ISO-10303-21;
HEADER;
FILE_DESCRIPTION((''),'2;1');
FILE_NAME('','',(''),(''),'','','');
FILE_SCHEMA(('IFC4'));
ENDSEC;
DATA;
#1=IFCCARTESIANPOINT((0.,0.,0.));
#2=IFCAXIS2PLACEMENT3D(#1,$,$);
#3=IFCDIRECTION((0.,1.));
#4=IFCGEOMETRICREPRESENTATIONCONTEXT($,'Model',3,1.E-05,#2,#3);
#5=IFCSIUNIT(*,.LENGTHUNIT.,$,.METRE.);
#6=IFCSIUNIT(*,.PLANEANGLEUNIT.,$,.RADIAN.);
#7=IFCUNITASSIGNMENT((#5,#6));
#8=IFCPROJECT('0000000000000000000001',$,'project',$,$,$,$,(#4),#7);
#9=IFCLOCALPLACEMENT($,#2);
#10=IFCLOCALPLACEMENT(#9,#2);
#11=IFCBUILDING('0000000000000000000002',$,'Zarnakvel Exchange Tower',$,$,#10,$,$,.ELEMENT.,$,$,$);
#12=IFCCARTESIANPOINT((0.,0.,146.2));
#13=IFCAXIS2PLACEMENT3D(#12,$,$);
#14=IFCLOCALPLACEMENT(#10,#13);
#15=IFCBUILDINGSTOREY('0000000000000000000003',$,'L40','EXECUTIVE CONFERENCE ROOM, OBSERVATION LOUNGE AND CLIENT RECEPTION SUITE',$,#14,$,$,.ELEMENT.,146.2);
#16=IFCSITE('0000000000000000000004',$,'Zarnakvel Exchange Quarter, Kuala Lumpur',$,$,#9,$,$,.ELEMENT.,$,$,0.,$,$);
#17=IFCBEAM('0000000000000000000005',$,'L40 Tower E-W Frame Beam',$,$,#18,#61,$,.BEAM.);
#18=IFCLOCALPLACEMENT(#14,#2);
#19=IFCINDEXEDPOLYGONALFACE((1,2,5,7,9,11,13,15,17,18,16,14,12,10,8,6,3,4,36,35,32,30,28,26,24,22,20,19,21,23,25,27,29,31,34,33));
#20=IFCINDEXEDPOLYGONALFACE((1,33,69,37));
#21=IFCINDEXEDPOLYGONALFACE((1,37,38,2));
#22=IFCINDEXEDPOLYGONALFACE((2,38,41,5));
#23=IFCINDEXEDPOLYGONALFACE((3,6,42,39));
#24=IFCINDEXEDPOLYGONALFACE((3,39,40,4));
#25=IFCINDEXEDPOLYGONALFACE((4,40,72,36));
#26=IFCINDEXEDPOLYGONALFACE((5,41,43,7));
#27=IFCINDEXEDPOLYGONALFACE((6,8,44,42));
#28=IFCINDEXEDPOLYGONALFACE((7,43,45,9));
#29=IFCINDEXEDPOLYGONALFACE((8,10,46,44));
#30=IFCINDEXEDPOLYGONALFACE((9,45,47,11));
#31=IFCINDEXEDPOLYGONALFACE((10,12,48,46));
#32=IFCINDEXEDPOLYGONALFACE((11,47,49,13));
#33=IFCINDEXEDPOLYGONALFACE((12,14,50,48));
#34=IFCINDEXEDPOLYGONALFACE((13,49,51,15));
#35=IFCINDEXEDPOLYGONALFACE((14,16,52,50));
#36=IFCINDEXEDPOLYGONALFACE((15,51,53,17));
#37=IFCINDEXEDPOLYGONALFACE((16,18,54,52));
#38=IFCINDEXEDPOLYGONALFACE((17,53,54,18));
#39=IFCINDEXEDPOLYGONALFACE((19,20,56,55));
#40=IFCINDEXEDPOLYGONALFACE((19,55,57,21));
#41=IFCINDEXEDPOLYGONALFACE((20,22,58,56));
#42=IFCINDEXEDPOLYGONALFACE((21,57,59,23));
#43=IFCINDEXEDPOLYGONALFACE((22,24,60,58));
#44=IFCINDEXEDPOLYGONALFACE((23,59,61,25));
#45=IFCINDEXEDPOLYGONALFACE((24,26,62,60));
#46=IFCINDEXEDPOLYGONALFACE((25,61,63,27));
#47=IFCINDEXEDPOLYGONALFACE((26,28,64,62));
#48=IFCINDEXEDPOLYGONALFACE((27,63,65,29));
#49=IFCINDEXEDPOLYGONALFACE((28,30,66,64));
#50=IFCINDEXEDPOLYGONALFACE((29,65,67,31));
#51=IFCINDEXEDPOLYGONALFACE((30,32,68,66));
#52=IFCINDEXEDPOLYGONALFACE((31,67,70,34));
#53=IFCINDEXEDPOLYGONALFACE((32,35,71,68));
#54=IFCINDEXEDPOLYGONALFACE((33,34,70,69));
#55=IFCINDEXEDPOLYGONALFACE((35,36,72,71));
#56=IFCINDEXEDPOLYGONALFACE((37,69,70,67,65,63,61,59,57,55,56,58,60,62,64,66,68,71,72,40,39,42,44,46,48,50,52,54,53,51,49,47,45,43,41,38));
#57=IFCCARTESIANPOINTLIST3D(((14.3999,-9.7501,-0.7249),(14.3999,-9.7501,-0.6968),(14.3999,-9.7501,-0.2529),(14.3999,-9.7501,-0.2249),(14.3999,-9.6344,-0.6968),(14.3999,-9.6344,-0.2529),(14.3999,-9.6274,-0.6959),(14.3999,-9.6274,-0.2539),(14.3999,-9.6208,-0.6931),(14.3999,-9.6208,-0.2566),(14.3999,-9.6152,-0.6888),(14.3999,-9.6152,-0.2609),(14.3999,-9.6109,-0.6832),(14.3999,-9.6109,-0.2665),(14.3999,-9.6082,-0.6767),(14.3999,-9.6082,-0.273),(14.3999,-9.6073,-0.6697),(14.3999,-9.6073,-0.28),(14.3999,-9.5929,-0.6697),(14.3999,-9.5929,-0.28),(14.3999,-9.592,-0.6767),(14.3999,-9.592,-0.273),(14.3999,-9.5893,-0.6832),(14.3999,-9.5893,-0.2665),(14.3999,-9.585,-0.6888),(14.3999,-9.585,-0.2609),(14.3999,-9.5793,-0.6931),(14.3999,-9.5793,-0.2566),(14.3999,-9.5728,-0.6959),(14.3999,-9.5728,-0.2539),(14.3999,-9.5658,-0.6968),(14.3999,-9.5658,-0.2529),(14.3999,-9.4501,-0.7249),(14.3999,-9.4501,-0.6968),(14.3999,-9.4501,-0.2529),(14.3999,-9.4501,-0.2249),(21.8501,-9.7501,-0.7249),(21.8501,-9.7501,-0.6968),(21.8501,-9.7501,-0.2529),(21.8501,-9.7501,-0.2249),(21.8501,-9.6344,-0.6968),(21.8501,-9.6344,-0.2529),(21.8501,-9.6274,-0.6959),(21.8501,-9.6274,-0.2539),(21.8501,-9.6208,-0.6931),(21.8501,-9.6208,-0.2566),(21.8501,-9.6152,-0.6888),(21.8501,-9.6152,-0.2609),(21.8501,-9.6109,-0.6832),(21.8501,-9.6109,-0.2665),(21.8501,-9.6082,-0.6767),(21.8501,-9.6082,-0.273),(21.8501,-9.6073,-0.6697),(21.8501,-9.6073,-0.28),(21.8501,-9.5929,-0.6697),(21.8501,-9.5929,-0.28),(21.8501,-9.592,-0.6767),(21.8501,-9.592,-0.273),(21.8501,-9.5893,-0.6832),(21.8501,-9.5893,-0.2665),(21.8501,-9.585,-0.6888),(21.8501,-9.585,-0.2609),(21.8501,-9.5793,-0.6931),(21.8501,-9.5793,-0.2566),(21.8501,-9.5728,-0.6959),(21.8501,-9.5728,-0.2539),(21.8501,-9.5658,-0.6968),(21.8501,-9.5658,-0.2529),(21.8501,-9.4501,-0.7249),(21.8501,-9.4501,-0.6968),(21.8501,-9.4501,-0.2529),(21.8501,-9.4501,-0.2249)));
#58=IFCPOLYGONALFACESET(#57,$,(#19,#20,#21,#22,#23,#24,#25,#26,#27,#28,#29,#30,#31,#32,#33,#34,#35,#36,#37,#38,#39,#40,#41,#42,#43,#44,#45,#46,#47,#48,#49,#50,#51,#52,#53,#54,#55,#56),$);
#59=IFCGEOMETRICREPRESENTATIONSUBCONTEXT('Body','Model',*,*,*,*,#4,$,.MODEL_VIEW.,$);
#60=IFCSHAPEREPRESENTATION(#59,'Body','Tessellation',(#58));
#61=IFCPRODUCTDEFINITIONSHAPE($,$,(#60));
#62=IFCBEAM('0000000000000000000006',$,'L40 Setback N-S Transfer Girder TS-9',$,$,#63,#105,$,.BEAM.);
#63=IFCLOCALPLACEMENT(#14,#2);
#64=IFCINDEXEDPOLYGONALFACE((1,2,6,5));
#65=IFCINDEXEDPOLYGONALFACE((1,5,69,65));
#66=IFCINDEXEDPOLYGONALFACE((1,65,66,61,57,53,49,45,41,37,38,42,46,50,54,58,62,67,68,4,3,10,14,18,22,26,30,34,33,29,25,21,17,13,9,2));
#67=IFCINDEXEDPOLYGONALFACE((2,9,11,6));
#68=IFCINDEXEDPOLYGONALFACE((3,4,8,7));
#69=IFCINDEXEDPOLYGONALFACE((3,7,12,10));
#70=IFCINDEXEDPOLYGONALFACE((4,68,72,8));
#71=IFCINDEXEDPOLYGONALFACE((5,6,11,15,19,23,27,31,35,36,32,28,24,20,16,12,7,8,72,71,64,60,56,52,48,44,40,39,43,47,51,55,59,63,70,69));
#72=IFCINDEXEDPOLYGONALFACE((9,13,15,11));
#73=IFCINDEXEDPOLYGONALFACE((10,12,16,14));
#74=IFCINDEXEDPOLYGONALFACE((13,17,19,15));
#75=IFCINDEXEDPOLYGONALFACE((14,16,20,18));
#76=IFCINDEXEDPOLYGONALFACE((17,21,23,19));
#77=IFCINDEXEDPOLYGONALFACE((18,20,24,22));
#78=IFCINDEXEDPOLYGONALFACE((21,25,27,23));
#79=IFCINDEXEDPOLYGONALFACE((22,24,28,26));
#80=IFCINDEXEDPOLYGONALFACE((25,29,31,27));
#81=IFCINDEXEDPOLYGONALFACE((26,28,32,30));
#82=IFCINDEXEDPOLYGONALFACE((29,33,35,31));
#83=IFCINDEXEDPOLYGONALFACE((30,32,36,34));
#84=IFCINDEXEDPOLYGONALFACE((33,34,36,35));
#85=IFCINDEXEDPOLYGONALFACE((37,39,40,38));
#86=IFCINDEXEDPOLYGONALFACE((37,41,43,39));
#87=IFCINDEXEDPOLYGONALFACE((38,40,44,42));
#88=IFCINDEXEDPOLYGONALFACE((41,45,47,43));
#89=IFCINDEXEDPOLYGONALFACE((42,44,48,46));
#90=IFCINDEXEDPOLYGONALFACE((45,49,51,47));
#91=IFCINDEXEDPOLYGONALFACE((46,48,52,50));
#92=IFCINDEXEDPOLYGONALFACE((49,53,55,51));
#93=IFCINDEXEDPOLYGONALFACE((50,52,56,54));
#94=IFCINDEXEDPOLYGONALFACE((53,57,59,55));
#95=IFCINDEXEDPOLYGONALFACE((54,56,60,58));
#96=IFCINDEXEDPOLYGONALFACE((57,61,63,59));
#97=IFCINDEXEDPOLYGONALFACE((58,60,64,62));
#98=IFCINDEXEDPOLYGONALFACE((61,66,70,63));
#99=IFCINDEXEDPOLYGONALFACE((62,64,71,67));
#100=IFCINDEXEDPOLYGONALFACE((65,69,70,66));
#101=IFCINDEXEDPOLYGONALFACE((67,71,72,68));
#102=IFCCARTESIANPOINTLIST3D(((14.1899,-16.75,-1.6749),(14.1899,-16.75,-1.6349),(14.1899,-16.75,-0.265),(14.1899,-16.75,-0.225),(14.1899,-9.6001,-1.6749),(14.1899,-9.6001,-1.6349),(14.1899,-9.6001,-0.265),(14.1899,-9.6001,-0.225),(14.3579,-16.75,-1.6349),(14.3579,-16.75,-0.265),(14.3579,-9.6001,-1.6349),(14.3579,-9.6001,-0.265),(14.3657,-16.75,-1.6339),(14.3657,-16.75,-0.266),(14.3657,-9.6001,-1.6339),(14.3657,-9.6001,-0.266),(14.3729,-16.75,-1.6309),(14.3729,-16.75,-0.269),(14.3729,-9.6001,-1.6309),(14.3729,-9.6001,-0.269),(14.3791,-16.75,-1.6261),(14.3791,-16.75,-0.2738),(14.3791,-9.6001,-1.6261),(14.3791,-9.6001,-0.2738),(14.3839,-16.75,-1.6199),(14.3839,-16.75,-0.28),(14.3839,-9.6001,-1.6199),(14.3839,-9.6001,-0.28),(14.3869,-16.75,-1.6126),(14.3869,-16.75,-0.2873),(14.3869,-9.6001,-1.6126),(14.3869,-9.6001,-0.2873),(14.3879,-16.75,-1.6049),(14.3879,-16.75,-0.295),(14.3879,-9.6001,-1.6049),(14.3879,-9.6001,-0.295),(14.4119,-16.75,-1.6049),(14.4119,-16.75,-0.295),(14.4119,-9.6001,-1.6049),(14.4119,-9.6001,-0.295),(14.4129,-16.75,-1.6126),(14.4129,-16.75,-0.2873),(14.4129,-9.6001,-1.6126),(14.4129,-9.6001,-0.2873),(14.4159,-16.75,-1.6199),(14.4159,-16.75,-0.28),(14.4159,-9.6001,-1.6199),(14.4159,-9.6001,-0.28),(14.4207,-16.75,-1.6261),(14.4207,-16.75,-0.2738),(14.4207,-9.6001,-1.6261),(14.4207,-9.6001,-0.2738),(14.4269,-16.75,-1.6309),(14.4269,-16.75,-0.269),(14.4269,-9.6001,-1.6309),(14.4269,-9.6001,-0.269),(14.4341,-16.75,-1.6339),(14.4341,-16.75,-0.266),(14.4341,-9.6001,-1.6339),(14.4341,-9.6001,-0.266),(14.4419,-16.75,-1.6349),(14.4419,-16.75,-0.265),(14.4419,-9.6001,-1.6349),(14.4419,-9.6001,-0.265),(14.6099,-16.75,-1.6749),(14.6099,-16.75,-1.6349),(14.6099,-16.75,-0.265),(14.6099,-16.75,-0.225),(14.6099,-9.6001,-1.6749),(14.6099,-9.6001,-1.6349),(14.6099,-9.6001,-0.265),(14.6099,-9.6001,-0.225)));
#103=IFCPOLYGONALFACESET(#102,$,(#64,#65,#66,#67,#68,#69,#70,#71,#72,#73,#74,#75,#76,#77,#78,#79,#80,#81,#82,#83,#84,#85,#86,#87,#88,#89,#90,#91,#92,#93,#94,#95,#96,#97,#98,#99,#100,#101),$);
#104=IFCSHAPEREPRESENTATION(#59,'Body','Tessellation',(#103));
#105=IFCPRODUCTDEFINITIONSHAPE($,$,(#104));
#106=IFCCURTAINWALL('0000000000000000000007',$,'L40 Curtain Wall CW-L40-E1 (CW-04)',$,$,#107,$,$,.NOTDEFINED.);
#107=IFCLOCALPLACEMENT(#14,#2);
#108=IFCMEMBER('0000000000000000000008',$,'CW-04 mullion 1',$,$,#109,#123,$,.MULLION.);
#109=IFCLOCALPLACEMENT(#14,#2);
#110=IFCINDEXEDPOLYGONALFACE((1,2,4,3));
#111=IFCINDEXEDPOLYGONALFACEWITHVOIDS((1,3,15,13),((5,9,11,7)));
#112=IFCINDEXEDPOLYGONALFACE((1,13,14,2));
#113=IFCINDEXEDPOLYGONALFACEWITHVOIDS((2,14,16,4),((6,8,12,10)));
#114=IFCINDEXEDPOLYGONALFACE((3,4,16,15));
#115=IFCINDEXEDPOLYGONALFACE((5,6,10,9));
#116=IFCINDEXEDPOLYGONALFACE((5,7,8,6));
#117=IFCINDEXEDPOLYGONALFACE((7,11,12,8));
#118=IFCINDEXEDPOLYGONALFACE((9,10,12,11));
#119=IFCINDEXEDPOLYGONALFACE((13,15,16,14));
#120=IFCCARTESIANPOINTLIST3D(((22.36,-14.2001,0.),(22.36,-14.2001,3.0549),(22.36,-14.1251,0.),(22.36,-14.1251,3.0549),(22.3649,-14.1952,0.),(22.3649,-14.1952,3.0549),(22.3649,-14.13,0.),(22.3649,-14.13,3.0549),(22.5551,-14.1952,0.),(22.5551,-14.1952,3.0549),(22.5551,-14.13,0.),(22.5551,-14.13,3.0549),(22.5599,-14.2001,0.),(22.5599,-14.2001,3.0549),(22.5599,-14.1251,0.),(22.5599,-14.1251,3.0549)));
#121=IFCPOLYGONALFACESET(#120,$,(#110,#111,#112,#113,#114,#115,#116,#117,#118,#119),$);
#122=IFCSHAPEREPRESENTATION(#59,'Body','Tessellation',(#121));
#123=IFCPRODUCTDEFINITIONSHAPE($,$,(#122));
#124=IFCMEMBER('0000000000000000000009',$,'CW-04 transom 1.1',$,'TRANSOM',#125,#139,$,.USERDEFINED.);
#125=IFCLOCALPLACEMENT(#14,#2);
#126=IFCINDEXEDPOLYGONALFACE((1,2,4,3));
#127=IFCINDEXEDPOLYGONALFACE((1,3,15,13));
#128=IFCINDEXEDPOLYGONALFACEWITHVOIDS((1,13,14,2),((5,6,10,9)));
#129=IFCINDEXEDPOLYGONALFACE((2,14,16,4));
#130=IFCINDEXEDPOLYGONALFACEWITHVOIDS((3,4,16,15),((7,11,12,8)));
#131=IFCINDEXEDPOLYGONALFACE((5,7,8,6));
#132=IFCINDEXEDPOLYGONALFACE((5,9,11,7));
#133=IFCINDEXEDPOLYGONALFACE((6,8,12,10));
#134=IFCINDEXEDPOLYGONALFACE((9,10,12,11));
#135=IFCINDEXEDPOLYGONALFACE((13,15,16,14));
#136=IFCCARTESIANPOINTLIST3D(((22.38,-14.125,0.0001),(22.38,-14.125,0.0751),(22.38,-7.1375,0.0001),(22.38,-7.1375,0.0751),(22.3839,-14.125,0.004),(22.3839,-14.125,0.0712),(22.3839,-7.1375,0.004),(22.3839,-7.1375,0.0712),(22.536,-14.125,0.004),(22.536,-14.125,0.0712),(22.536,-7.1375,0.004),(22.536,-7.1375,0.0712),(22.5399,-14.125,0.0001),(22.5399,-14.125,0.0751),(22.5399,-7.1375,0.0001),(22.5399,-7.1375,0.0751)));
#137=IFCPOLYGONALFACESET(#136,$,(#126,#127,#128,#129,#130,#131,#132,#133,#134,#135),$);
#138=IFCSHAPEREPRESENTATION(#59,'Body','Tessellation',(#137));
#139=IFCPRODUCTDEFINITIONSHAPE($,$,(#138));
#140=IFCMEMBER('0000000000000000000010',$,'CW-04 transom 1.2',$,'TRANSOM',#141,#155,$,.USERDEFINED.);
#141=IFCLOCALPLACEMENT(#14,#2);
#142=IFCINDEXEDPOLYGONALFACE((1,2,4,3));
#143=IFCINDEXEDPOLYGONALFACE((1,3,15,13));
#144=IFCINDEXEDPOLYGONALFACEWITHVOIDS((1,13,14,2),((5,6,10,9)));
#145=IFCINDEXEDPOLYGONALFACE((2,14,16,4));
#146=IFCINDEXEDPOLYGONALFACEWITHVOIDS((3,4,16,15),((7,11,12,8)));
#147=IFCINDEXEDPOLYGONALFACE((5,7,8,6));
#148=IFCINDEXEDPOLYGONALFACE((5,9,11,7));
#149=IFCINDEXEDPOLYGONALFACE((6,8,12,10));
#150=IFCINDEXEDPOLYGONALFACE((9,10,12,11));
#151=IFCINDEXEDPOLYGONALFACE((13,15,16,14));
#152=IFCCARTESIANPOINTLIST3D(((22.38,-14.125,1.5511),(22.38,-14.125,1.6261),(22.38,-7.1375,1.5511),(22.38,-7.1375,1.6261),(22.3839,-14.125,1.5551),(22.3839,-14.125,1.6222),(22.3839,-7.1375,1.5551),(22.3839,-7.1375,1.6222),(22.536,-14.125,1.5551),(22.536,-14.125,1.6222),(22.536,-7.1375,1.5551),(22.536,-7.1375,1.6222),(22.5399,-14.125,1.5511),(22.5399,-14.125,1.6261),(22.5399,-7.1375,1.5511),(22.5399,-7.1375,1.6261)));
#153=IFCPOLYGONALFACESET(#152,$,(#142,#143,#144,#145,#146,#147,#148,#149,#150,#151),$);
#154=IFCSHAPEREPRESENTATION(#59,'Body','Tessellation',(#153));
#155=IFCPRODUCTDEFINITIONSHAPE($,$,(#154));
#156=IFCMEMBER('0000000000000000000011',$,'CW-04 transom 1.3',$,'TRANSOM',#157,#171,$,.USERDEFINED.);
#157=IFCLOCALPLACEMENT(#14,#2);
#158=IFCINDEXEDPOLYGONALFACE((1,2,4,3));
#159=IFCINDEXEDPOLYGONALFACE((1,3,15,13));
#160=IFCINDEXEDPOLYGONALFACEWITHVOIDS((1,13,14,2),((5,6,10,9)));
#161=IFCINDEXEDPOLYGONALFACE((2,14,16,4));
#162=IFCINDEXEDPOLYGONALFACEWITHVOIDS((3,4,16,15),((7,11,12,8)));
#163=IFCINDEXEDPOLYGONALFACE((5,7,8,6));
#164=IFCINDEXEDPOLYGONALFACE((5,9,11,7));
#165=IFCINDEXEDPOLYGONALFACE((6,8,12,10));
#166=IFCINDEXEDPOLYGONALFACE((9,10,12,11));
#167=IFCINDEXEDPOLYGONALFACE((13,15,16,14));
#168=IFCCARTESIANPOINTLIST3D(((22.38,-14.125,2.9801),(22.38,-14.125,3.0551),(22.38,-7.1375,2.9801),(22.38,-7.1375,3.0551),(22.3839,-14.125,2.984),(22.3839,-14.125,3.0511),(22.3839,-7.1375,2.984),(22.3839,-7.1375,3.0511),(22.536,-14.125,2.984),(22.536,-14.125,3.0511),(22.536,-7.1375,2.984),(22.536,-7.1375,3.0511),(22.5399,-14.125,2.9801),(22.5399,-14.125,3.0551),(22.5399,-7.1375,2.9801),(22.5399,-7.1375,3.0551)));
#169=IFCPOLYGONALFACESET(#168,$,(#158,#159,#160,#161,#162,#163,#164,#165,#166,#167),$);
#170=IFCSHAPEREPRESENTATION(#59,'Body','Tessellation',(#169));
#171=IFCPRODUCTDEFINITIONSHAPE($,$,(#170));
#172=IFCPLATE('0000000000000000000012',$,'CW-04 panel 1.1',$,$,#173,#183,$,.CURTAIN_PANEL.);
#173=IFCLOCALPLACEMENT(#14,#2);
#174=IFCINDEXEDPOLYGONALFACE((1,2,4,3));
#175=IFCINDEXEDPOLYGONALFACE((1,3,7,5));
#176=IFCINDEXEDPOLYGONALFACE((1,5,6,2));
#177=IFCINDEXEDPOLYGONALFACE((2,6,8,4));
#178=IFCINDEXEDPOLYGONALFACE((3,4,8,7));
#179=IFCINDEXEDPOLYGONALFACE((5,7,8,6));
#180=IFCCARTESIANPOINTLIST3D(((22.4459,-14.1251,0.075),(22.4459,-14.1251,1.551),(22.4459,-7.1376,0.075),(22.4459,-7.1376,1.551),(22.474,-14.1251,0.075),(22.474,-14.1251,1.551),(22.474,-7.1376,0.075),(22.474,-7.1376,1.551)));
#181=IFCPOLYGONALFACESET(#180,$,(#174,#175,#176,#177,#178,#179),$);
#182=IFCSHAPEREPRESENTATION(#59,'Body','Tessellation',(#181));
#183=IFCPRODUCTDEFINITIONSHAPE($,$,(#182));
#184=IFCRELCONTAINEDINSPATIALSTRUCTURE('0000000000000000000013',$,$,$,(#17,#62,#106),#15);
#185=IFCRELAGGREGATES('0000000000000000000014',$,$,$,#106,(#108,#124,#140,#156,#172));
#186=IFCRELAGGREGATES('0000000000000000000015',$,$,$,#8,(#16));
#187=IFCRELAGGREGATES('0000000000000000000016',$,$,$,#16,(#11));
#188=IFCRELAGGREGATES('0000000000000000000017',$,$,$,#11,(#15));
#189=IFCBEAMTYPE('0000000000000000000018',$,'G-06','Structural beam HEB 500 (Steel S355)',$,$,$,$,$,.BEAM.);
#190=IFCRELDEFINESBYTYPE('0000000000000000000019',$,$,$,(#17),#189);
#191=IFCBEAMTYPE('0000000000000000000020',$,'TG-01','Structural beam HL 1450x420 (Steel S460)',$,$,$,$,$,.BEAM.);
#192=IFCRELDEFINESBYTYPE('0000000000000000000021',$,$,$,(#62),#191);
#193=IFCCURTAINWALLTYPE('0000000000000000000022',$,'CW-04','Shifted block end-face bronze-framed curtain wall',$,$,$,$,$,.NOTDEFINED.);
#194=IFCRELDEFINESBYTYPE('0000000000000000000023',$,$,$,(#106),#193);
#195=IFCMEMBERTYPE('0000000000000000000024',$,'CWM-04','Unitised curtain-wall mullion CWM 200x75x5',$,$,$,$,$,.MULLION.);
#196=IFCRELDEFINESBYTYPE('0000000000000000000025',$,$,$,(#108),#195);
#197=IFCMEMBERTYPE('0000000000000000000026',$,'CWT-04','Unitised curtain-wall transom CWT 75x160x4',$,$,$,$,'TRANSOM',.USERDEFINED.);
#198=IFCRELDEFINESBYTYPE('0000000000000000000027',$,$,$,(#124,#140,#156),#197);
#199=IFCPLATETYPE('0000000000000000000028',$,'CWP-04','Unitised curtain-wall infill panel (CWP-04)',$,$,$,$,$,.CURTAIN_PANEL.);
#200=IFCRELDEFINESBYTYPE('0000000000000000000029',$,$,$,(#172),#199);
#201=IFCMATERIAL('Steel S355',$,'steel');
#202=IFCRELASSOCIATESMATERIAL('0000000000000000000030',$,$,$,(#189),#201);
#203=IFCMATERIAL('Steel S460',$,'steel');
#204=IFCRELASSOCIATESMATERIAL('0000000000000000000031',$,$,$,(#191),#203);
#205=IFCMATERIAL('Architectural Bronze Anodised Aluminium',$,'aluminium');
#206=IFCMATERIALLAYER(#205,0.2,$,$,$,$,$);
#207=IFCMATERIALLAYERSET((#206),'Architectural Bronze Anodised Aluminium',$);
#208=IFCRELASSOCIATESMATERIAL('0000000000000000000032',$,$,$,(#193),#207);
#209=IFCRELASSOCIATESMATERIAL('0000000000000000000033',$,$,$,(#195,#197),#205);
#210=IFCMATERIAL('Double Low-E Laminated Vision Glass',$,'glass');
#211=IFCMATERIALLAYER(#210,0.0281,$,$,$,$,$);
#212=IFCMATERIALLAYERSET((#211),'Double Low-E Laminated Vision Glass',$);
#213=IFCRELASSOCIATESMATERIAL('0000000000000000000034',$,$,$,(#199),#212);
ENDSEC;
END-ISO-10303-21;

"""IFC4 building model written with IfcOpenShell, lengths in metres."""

from ifc_helpers import new_model, si_unit, direction, frame, origin, origin_2d, place, context, subcontext, project, spatial, rectangle, hollow_rectangle, i_section, extrude, source, transform, mapped, material, layer, layer_set, material_profile, profile_set, type_object, element, aggregate, save


model = new_model("IFC4")

# Units and contexts
model_context = context("Model", 3, precision=1e-05, world=origin(), true_north=direction((0.0, 1.0)))
body_context = subcontext(model_context, "Body", "Model", "MODEL_VIEW")
ifc_project = project(units=[si_unit("LENGTHUNIT", "METRE"), si_unit("PLANEANGLEUNIT", "RADIAN")], contexts=[model_context])

# Site, building, storey
site_placement = place(None, origin())
site = spatial("IfcSite", under=ifc_project, at=site_placement, Name="Zarnakvel Exchange Quarter, Kuala Lumpur", CompositionType="ELEMENT", RefElevation=0.0)
building_placement = place(site_placement, origin())
building = spatial("IfcBuilding", under=site, at=building_placement, Name="Zarnakvel Exchange Tower", CompositionType="ELEMENT")
storey_placement = place(building_placement, frame((0.0, 0.0, 146.2)))
storey = spatial("IfcBuildingStorey", under=building, at=storey_placement, Name="L40", Description="EXECUTIVE CONFERENCE ROOM, OBSERVATION LOUNGE AND CLIENT RECEPTION SUITE", CompositionType="ELEMENT", Elevation=146.2)

# Beams
ifc_material_1 = material(Name="Steel S355", Category="steel")
ifc_material_profile_1 = material_profile(ifc_material_1, i_section(OverallWidth=0.3, OverallDepth=0.5, WebThickness=0.0144, FlangeThickness=0.0281, FilletRadius=0.0271, at=origin_2d()))
ifc_profile_set_1 = profile_set([ifc_material_profile_1], Name="Steel S355")
beam_type_1 = type_object("IfcBeamType", Name="G-06", Description="Structural beam HEB 500 (Steel S355)", PredefinedType="BEAM", material=ifc_profile_set_1)
beam_1_placement = place(storey_placement, frame((14.3999, -9.6001, -0.4749), z_axis=(1.0, 0.0, 0.0), x_axis=(0.0, 1.0, 0.0)))
element("IfcBeam", 1, at=beam_1_placement, inside=storey, type_object=beam_type_1, Name="L40 Tower E-W Frame Beam", PredefinedType="BEAM", context=body_context, shape_type="SweptSolid", body=[
    extrude(i_section(OverallWidth=0.3, OverallDepth=0.5, WebThickness=0.0144, FlangeThickness=0.0281, FilletRadius=0.0271, at=origin_2d()), origin(), (0.0, 0.0, 1.0), 7.4502),
])
ifc_material_2 = material(Name="Steel S460", Category="steel")
ifc_material_profile_2 = material_profile(ifc_material_2, i_section(OverallWidth=0.4199, OverallDepth=1.45, WebThickness=0.0239, FlangeThickness=0.04, FilletRadius=0.03, at=origin_2d()))
ifc_profile_set_2 = profile_set([ifc_material_profile_2], Name="Steel S460")
beam_type_2 = type_object("IfcBeamType", Name="TG-01", Description="Structural beam HL 1450x420 (Steel S460)", PredefinedType="BEAM", material=ifc_profile_set_2)
beam_2_placement = place(storey_placement, frame((14.3999, -16.75, -0.95), z_axis=(0.0, 1.0, 0.0), x_axis=(-1.0, 0.0, 0.0)))
element("IfcBeam", 2, at=beam_2_placement, inside=storey, type_object=beam_type_2, Name="L40 Setback N-S Transfer Girder TS-9", PredefinedType="BEAM", context=body_context, shape_type="SweptSolid", body=[
    extrude(i_section(OverallWidth=0.4199, OverallDepth=1.45, WebThickness=0.0239, FlangeThickness=0.04, FilletRadius=0.03, at=origin_2d()), origin(), (0.0, 0.0, 1.0), 7.1499),
])

# Curtain wall, members, plate
ifc_material_3 = material(Name="Architectural Bronze Anodised Aluminium", Category="aluminium")
ifc_layer_1 = layer(ifc_material_3, 0.2)
ifc_layer_set_1 = layer_set([ifc_layer_1], Name="Architectural Bronze Anodised Aluminium")
curtain_wall_type = type_object("IfcCurtainWallType", Name="CW-04", Description="Shifted block end-face bronze-framed curtain wall", PredefinedType="NOTDEFINED", material=ifc_layer_set_1)
curtain_wall_placement = place(storey_placement, origin())
curtain_wall = element("IfcCurtainWall", 3, at=curtain_wall_placement, inside=storey, type_object=curtain_wall_type, Name="L40 Curtain Wall CW-L40-E1 (CW-04)", PredefinedType="NOTDEFINED")
ifc_material_profile_3 = material_profile(ifc_material_3, hollow_rectangle(XDim=0.2, YDim=0.075, WallThickness=0.0049, at=origin_2d()))
ifc_profile_set_3 = profile_set([ifc_material_profile_3], Name="Architectural Bronze Anodised Aluminium")
member_type_1 = type_object("IfcMemberType", Name="CWM-04", Description="Unitised curtain-wall mullion CWM 200x75x5", PredefinedType="MULLION", material=ifc_profile_set_3)
shared_shape_1 = source(origin(), body_context, "Body", "SweptSolid", [
    extrude(hollow_rectangle(XDim=0.2, YDim=0.075, WallThickness=0.0049, at=origin_2d()), origin(), (0.0, 0.0, 1.0), 3.0549),
])
member_1_placement = place(storey_placement, frame((22.46, -14.1626, 0.0), z_axis=(0.0, 0.0, 1.0), x_axis=(-1.0, 0.0, 0.0)))
member_1 = element("IfcMember", 4, at=member_1_placement, type_object=member_type_1, Name="CW-04 mullion 1", PredefinedType="MULLION", context=body_context, shape_type="MappedRepresentation", body=[
    mapped(shared_shape_1, transform((0.0, 0.0, 0.0), x_axis=(1.0, 0.0, 0.0), y_axis=(0.0, 1.0, 0.0), z_axis=(0.0, 0.0, 1.0), scale=1.0)),
])
ifc_material_profile_4 = material_profile(ifc_material_3, hollow_rectangle(XDim=0.1599, YDim=0.075, WallThickness=0.0039, at=origin_2d()))
ifc_profile_set_4 = profile_set([ifc_material_profile_4], Name="Architectural Bronze Anodised Aluminium")
member_type_2 = type_object("IfcMemberType", Name="CWT-04", Description="Unitised curtain-wall transom CWT 75x160x4", ElementType="TRANSOM", PredefinedType="USERDEFINED", material=ifc_profile_set_4)
shared_shape_2 = source(origin(), body_context, "Body", "SweptSolid", [
    extrude(hollow_rectangle(XDim=0.1599, YDim=0.075, WallThickness=0.0039, at=origin_2d()), origin(), (0.0, 0.0, 1.0), 6.9875),
])
member_2_placement = place(storey_placement, frame((22.46, -14.125, 0.0376), z_axis=(0.0, 1.0, 0.0), x_axis=(-1.0, 0.0, 0.0)))
member_2 = element("IfcMember", 5, at=member_2_placement, type_object=member_type_2, Name="CW-04 transom 1.1", ObjectType="TRANSOM", PredefinedType="USERDEFINED", context=body_context, shape_type="MappedRepresentation", body=[
    mapped(shared_shape_2, transform((0.0, 0.0, 0.0), x_axis=(1.0, 0.0, 0.0), y_axis=(0.0, 1.0, 0.0), z_axis=(0.0, 0.0, 1.0), scale=1.0)),
])
member_3_placement = place(storey_placement, frame((22.46, -14.125, 1.5886), z_axis=(0.0, 1.0, 0.0), x_axis=(-1.0, 0.0, 0.0)))
member_3 = element("IfcMember", 6, at=member_3_placement, type_object=member_type_2, Name="CW-04 transom 1.2", ObjectType="TRANSOM", PredefinedType="USERDEFINED", context=body_context, shape_type="MappedRepresentation", body=[
    mapped(shared_shape_2, transform((0.0, 0.0, 0.0), x_axis=(1.0, 0.0, 0.0), y_axis=(0.0, 1.0, 0.0), z_axis=(0.0, 0.0, 1.0), scale=1.0)),
])
member_4_placement = place(storey_placement, frame((22.46, -14.125, 3.0176), z_axis=(0.0, 1.0, 0.0), x_axis=(-1.0, 0.0, 0.0)))
member_4 = element("IfcMember", 7, at=member_4_placement, type_object=member_type_2, Name="CW-04 transom 1.3", ObjectType="TRANSOM", PredefinedType="USERDEFINED", context=body_context, shape_type="MappedRepresentation", body=[
    mapped(shared_shape_2, transform((0.0, 0.0, 0.0), x_axis=(1.0, 0.0, 0.0), y_axis=(0.0, 1.0, 0.0), z_axis=(0.0, 0.0, 1.0), scale=1.0)),
])
ifc_material_4 = material(Name="Double Low-E Laminated Vision Glass", Category="glass")
ifc_layer_2 = layer(ifc_material_4, 0.0281)
ifc_layer_set_2 = layer_set([ifc_layer_2], Name="Double Low-E Laminated Vision Glass")
plate_type = type_object("IfcPlateType", Name="CWP-04", Description="Unitised curtain-wall infill panel (CWP-04)", PredefinedType="CURTAIN_PANEL", material=ifc_layer_set_2)
shared_shape_3 = source(origin(), body_context, "Body", "SweptSolid", [
    extrude(rectangle(XDim=6.9875, YDim=0.0281, at=origin_2d()), origin(), (0.0, 0.0, 1.0), 1.4761),
])
plate_1_placement = place(storey_placement, frame((22.46, -10.6313, 0.075), z_axis=(0.0, 0.0, 1.0), x_axis=(0.0, 1.0, 0.0)))
plate_1 = element("IfcPlate", 8, at=plate_1_placement, type_object=plate_type, Name="CW-04 panel 1.1", PredefinedType="CURTAIN_PANEL", context=body_context, shape_type="MappedRepresentation", body=[
    mapped(shared_shape_3, transform((0.0, 0.0, 0.0), x_axis=(1.0, 0.0, 0.0), y_axis=(0.0, 1.0, 0.0), z_axis=(0.0, 0.0, 1.0), scale=1.0)),
])
aggregate(curtain_wall, [member_1, member_2, member_3, member_4, plate_1])

save(model, "model.ifc")
